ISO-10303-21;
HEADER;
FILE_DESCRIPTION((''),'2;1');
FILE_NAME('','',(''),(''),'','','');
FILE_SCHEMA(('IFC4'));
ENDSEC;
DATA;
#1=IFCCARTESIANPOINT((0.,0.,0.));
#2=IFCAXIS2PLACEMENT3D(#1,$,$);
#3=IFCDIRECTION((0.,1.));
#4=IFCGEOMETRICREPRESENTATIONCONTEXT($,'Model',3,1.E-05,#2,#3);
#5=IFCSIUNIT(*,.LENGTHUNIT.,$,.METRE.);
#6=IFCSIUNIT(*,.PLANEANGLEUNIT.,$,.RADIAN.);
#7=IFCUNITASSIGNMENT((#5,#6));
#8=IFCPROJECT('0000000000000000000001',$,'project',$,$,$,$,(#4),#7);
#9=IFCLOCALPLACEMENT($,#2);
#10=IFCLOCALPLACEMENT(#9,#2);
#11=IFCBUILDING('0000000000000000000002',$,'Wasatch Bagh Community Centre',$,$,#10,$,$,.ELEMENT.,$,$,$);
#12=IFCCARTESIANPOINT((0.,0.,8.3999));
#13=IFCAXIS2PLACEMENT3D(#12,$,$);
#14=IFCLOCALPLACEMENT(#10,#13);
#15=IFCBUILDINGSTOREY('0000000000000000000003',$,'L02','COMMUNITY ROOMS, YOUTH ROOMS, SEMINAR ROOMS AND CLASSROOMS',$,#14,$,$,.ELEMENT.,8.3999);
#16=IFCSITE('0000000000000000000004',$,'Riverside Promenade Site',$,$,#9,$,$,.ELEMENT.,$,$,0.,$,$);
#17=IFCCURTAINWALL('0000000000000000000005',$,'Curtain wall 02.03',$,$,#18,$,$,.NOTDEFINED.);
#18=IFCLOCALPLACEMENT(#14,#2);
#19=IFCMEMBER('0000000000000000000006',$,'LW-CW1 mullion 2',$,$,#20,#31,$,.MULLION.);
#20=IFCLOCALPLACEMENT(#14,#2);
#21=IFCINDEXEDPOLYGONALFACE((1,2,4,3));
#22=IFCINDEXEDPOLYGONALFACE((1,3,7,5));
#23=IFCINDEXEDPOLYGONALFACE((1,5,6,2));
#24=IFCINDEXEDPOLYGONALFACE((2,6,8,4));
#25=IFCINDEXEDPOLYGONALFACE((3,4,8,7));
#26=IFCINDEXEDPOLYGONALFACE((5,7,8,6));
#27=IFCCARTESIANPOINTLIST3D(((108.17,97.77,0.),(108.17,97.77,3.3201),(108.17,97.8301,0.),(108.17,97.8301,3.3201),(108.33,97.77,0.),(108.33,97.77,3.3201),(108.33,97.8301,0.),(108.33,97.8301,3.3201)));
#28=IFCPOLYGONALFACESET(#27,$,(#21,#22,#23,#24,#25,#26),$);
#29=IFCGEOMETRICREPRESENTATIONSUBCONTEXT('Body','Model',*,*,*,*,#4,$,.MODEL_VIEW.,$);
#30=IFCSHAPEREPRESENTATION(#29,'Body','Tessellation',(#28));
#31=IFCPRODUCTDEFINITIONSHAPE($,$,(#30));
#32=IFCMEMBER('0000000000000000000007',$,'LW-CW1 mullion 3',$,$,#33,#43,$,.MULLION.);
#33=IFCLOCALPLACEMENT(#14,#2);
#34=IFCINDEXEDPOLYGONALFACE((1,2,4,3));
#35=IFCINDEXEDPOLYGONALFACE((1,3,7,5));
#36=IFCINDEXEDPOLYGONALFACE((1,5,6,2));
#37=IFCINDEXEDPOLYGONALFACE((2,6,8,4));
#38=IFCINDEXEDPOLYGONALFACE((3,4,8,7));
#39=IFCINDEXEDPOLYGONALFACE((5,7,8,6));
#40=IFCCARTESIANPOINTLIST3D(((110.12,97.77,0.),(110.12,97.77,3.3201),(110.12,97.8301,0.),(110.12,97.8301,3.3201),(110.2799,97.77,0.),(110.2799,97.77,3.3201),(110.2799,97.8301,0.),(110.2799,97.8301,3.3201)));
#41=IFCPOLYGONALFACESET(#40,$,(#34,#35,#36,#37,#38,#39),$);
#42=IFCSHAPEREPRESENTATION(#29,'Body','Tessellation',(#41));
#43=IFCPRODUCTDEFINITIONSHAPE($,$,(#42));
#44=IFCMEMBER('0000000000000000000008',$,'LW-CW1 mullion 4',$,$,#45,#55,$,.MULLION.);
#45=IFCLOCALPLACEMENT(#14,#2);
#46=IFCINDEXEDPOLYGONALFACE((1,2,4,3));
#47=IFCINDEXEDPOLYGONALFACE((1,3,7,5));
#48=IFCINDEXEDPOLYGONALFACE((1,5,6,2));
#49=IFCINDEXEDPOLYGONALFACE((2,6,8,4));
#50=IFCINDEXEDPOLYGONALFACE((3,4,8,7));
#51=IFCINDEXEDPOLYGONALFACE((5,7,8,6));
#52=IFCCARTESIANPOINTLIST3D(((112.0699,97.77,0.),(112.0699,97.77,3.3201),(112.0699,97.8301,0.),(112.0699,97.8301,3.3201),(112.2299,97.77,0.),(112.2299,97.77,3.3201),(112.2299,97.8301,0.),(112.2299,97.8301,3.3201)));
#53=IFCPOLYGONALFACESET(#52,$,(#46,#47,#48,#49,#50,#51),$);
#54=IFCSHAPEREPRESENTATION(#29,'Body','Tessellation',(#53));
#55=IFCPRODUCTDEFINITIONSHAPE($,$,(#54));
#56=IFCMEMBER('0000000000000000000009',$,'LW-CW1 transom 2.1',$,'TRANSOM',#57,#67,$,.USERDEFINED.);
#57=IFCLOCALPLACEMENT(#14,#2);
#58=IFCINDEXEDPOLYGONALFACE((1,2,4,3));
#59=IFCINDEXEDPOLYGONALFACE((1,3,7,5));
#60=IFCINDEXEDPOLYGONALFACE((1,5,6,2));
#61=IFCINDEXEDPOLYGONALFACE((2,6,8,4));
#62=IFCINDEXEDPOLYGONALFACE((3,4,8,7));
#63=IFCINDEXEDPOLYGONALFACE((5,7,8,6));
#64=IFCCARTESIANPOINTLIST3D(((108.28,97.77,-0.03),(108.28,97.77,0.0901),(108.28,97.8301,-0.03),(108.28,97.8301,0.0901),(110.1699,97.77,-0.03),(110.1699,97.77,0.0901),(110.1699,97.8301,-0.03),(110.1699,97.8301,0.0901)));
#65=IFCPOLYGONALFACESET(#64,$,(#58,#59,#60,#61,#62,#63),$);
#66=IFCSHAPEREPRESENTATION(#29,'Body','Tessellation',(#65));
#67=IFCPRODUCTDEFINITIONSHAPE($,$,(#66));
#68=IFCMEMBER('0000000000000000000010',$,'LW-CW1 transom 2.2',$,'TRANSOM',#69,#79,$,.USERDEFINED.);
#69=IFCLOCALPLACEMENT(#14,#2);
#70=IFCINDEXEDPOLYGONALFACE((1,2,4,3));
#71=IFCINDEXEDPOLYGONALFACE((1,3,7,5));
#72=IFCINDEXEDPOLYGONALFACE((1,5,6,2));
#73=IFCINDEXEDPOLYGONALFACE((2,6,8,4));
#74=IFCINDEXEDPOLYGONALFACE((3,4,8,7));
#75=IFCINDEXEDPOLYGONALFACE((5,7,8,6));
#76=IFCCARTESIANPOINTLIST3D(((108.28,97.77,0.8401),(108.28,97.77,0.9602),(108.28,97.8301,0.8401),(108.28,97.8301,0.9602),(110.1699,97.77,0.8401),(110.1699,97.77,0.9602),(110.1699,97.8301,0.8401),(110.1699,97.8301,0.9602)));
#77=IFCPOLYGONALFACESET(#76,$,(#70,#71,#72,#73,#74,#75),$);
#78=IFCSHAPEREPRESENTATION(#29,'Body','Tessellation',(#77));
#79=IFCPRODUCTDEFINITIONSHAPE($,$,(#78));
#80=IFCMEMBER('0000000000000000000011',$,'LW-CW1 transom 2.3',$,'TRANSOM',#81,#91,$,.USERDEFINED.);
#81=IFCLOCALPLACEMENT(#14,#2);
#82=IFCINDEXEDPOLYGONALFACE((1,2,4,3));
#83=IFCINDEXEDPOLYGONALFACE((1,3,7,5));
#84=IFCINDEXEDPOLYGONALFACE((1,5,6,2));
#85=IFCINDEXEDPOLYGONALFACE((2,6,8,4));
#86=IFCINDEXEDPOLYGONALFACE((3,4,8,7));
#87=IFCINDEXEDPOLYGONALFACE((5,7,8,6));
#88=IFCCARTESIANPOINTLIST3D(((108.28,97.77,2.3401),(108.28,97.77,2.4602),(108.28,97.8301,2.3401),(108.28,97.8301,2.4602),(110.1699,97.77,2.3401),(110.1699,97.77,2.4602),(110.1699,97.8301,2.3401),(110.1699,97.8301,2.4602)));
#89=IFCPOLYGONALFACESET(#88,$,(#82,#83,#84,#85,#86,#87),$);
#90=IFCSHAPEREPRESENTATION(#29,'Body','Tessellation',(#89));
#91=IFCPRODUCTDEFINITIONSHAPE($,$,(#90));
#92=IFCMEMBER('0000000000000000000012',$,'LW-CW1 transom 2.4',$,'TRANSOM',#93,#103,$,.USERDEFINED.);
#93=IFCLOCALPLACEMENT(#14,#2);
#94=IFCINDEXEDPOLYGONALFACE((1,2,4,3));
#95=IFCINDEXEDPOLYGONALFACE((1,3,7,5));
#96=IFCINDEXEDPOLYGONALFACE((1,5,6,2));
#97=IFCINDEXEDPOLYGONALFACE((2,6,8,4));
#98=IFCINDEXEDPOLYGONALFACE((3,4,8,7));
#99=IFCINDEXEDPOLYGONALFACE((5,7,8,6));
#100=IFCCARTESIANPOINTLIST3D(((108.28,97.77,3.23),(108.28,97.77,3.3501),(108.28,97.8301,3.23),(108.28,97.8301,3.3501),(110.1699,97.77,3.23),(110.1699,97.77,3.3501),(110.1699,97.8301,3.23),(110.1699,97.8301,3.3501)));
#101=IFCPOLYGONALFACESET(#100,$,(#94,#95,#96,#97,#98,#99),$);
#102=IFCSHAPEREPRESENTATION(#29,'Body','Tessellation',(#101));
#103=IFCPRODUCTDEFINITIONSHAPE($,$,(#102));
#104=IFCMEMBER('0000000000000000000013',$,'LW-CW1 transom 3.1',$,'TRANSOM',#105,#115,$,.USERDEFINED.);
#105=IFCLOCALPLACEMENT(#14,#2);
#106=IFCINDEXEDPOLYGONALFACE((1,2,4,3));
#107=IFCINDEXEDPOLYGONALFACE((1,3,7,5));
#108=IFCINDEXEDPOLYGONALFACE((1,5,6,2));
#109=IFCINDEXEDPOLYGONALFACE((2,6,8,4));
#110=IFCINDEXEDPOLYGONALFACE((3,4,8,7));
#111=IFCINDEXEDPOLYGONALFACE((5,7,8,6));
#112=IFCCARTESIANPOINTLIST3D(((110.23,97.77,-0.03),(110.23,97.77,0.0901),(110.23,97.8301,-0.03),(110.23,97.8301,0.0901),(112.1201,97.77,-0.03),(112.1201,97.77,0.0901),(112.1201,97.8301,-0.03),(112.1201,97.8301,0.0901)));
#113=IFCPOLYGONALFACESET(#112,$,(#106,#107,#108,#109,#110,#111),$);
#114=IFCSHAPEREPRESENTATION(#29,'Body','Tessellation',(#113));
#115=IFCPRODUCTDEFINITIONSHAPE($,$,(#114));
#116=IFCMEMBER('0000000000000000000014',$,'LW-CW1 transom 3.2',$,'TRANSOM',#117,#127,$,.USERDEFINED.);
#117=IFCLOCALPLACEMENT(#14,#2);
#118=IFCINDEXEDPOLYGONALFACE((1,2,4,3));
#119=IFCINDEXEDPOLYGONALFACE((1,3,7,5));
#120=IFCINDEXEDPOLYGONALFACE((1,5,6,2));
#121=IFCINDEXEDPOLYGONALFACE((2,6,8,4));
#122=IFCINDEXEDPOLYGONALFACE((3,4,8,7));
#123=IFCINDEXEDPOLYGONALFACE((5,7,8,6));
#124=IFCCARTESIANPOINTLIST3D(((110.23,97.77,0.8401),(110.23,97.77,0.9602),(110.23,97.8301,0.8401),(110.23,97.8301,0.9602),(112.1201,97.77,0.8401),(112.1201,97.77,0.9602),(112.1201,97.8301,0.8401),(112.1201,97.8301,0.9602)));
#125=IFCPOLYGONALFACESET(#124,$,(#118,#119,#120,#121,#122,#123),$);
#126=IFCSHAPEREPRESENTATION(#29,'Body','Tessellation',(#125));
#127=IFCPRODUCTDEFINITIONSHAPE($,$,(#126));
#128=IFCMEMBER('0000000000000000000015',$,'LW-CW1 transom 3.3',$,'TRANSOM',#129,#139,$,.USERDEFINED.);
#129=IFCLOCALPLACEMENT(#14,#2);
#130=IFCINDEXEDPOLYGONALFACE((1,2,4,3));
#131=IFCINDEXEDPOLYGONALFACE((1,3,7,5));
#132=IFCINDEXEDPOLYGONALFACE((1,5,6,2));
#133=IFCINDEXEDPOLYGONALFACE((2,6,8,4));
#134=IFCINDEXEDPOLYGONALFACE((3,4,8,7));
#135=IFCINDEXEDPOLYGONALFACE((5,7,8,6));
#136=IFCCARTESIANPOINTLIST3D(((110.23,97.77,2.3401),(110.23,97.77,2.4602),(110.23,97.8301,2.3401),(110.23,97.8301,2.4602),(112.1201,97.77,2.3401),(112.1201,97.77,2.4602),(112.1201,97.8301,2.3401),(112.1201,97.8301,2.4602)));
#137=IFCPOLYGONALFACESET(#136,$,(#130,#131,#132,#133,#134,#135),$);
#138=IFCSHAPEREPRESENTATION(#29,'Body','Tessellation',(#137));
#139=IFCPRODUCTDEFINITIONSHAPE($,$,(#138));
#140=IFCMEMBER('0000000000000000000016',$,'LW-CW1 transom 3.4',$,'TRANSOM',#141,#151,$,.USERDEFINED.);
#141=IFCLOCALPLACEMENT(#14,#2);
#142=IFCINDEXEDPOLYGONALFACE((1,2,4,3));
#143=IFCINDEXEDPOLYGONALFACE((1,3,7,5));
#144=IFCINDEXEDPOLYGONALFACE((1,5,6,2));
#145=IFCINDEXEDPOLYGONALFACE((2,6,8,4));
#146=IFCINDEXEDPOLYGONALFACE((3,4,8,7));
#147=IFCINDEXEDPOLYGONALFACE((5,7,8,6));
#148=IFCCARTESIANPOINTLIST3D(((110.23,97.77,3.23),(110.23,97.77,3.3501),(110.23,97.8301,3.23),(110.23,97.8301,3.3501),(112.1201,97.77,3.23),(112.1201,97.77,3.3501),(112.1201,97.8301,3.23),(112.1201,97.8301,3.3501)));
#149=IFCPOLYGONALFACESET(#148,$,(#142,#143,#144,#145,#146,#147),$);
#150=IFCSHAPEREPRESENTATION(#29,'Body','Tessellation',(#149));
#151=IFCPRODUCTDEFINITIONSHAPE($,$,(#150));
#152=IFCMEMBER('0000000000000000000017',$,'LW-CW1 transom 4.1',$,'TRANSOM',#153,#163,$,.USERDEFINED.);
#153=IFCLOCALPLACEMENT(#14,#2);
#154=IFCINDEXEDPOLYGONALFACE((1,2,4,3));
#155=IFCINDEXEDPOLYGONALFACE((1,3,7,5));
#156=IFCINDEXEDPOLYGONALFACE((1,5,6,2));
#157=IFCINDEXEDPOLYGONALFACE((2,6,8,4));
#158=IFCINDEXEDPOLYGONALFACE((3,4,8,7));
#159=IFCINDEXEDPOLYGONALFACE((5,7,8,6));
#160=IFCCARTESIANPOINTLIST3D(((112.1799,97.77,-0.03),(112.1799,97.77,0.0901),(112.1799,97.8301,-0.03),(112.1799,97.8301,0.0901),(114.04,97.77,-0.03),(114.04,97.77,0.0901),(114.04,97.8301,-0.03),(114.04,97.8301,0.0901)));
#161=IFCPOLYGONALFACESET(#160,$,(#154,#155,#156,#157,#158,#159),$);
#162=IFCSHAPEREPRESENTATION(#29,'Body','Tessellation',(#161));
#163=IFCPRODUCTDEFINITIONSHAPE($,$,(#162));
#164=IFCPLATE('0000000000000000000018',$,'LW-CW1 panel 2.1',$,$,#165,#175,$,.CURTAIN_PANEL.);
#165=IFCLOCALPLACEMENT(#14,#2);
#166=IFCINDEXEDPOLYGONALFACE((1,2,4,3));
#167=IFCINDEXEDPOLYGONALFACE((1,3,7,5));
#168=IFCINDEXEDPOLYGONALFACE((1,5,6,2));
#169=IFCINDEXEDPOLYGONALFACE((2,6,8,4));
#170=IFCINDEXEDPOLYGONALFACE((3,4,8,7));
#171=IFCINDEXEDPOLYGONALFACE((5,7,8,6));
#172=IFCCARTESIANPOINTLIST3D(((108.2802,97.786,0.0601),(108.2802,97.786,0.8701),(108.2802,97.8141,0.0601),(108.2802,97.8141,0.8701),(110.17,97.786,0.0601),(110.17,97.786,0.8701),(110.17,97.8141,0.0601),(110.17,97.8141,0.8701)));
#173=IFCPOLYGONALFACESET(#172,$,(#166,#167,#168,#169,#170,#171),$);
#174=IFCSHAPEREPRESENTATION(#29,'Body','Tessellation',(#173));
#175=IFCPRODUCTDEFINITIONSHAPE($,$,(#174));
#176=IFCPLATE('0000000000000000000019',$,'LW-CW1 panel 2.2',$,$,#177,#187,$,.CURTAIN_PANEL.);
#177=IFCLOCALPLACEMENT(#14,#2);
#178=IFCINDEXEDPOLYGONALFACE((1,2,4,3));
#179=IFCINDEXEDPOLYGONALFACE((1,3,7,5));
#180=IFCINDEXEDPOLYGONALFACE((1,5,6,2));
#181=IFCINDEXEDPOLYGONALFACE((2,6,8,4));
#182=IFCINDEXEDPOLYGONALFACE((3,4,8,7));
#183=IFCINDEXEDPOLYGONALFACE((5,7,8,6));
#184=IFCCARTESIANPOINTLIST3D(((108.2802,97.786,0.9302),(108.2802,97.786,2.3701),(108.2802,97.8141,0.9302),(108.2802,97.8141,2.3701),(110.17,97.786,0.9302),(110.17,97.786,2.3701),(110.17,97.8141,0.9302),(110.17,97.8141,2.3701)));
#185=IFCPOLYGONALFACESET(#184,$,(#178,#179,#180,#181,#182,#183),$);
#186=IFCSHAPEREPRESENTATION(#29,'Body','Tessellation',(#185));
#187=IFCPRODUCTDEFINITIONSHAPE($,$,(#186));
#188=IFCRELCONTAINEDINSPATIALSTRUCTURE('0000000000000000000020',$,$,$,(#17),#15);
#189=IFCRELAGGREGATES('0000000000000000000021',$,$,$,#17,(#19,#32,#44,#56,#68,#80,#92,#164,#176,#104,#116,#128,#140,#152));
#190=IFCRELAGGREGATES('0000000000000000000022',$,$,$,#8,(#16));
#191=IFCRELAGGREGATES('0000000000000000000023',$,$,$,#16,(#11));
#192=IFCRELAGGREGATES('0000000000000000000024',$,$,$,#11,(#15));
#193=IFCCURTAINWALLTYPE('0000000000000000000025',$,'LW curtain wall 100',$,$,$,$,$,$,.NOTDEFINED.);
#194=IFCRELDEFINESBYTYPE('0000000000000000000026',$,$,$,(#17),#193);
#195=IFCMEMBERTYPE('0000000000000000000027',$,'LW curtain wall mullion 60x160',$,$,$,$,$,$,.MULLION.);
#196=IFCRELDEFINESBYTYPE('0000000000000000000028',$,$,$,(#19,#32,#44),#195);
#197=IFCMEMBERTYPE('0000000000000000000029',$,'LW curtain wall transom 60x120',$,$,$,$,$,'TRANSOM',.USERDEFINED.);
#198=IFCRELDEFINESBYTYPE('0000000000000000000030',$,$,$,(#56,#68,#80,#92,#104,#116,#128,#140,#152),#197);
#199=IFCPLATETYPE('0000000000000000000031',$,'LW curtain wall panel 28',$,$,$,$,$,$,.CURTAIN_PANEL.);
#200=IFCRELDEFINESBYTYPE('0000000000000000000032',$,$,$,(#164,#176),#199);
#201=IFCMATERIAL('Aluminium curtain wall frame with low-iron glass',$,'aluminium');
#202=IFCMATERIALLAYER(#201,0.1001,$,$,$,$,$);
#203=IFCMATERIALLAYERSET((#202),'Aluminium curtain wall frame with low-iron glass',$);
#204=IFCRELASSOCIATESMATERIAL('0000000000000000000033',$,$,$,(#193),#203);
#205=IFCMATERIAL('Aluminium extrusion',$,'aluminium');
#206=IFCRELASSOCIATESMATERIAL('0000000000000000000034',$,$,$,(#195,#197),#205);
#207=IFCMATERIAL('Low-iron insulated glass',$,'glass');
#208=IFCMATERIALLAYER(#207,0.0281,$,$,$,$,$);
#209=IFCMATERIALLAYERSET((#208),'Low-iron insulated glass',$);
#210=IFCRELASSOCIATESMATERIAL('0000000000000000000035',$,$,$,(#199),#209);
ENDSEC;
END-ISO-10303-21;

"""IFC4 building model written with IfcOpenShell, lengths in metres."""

from ifc_helpers import new_model, si_unit, direction, frame, origin, origin_2d, place, context, subcontext, project, spatial, rectangle, extrude, material, layer, layer_set, material_profile, profile_set, type_object, element, aggregate, save


model = new_model("IFC4")

# Units and contexts
model_context = context("Model", 3, precision=1e-05, world=origin(), true_north=direction((0.0, 1.0)))
body_context = subcontext(model_context, "Body", "Model", "MODEL_VIEW")
ifc_project = project(units=[si_unit("LENGTHUNIT", "METRE"), si_unit("PLANEANGLEUNIT", "RADIAN")], contexts=[model_context])

# Site, building, storey
site_placement = place(None, origin())
site = spatial("IfcSite", under=ifc_project, at=site_placement, Name="Riverside Promenade Site", CompositionType="ELEMENT", RefElevation=0.0)
building_placement = place(site_placement, origin())
building = spatial("IfcBuilding", under=site, at=building_placement, Name="Wasatch Bagh Community Centre", CompositionType="ELEMENT")
storey_placement = place(building_placement, frame((0.0, 0.0, 8.3999)))
storey = spatial("IfcBuildingStorey", under=building, at=storey_placement, Name="L02", Description="COMMUNITY ROOMS, YOUTH ROOMS, SEMINAR ROOMS AND CLASSROOMS", CompositionType="ELEMENT", Elevation=8.3999)

# Curtain wall, members, plates
ifc_material_1 = material(Name="Aluminium curtain wall frame with low-iron glass", Category="aluminium")
ifc_layer_1 = layer(ifc_material_1, 0.1001)
ifc_layer_set_1 = layer_set([ifc_layer_1], Name="Aluminium curtain wall frame with low-iron glass")
curtain_wall_type = type_object("IfcCurtainWallType", Name="LW curtain wall 100", PredefinedType="NOTDEFINED", material=ifc_layer_set_1)
curtain_wall_placement = place(storey_placement, origin())
curtain_wall = element("IfcCurtainWall", 1, at=curtain_wall_placement, inside=storey, type_object=curtain_wall_type, Name="Curtain wall 02.03", PredefinedType="NOTDEFINED")
ifc_material_2 = material(Name="Aluminium extrusion", Category="aluminium")
ifc_material_profile_1 = material_profile(ifc_material_2, rectangle(XDim=0.0601, YDim=0.1599, at=origin_2d()), Name="AL 60x160")
ifc_profile_set_1 = profile_set([ifc_material_profile_1], Name="Aluminium extrusion")
member_type_1 = type_object("IfcMemberType", Name="LW curtain wall mullion 60x160", PredefinedType="MULLION", material=ifc_profile_set_1)
member_1_placement = place(storey_placement, frame((108.25, 97.8, 0.0), z_axis=(0.0, 0.0, 1.0), x_axis=(0.0, 1.0, 0.0)))
member_1 = element("IfcMember", 2, at=member_1_placement, type_object=member_type_1, Name="LW-CW1 mullion 2", PredefinedType="MULLION", context=body_context, shape_type="SweptSolid", body=[
    extrude(rectangle(XDim=0.0601, YDim=0.1599, at=origin_2d()), origin(), (0.0, 0.0, 1.0), 3.3201),
])
member_2_placement = place(storey_placement, frame((110.2, 97.8, 0.0), z_axis=(0.0, 0.0, 1.0), x_axis=(0.0, 1.0, 0.0)))
member_2 = element("IfcMember", 3, at=member_2_placement, type_object=member_type_1, Name="LW-CW1 mullion 3", PredefinedType="MULLION", context=body_context, shape_type="SweptSolid", body=[
    extrude(rectangle(XDim=0.0601, YDim=0.1599, at=origin_2d()), origin(), (0.0, 0.0, 1.0), 3.3201),
])
member_3_placement = place(storey_placement, frame((112.1499, 97.8, 0.0), z_axis=(0.0, 0.0, 1.0), x_axis=(0.0, 1.0, 0.0)))
member_3 = element("IfcMember", 4, at=member_3_placement, type_object=member_type_1, Name="LW-CW1 mullion 4", PredefinedType="MULLION", context=body_context, shape_type="SweptSolid", body=[
    extrude(rectangle(XDim=0.0601, YDim=0.1599, at=origin_2d()), origin(), (0.0, 0.0, 1.0), 3.3201),
])
ifc_material_profile_2 = material_profile(ifc_material_2, rectangle(XDim=0.0601, YDim=0.1201, at=origin_2d()), Name="AL 60x120")
ifc_profile_set_2 = profile_set([ifc_material_profile_2], Name="Aluminium extrusion")
member_type_2 = type_object("IfcMemberType", Name="LW curtain wall transom 60x120", ElementType="TRANSOM", PredefinedType="USERDEFINED", material=ifc_profile_set_2)
member_4_placement = place(storey_placement, frame((108.28, 97.8, 0.03), z_axis=(1.0, 0.0, 0.0), x_axis=(0.0, 1.0, 0.0)))
member_4 = element("IfcMember", 5, at=member_4_placement, type_object=member_type_2, Name="LW-CW1 transom 2.1", ObjectType="TRANSOM", PredefinedType="USERDEFINED", context=body_context, shape_type="SweptSolid", body=[
    extrude(rectangle(XDim=0.0601, YDim=0.1201, at=origin_2d()), origin(), (0.0, 0.0, 1.0), 1.8899),
])
member_5_placement = place(storey_placement, frame((108.28, 97.8, 0.9001), z_axis=(1.0, 0.0, 0.0), x_axis=(0.0, 1.0, 0.0)))
member_5 = element("IfcMember", 6, at=member_5_placement, type_object=member_type_2, Name="LW-CW1 transom 2.2", ObjectType="TRANSOM", PredefinedType="USERDEFINED", context=body_context, shape_type="SweptSolid", body=[
    extrude(rectangle(XDim=0.0601, YDim=0.1201, at=origin_2d()), origin(), (0.0, 0.0, 1.0), 1.8899),
])
member_6_placement = place(storey_placement, frame((108.28, 97.8, 2.4001), z_axis=(1.0, 0.0, 0.0), x_axis=(0.0, 1.0, 0.0)))
member_6 = element("IfcMember", 7, at=member_6_placement, type_object=member_type_2, Name="LW-CW1 transom 2.3", ObjectType="TRANSOM", PredefinedType="USERDEFINED", context=body_context, shape_type="SweptSolid", body=[
    extrude(rectangle(XDim=0.0601, YDim=0.1201, at=origin_2d()), origin(), (0.0, 0.0, 1.0), 1.8899),
])
member_7_placement = place(storey_placement, frame((108.28, 97.8, 3.29), z_axis=(1.0, 0.0, 0.0), x_axis=(0.0, 1.0, 0.0)))
member_7 = element("IfcMember", 8, at=member_7_placement, type_object=member_type_2, Name="LW-CW1 transom 2.4", ObjectType="TRANSOM", PredefinedType="USERDEFINED", context=body_context, shape_type="SweptSolid", body=[
    extrude(rectangle(XDim=0.0601, YDim=0.1201, at=origin_2d()), origin(), (0.0, 0.0, 1.0), 1.8899),
])
member_8_placement = place(storey_placement, frame((110.23, 97.8, 0.03), z_axis=(1.0, 0.0, 0.0), x_axis=(0.0, 1.0, 0.0)))
member_8 = element("IfcMember", 9, at=member_8_placement, type_object=member_type_2, Name="LW-CW1 transom 3.1", ObjectType="TRANSOM", PredefinedType="USERDEFINED", context=body_context, shape_type="SweptSolid", body=[
    extrude(rectangle(XDim=0.0601, YDim=0.1201, at=origin_2d()), origin(), (0.0, 0.0, 1.0), 1.8901),
])
member_9_placement = place(storey_placement, frame((110.23, 97.8, 0.9001), z_axis=(1.0, 0.0, 0.0), x_axis=(0.0, 1.0, 0.0)))
member_9 = element("IfcMember", 10, at=member_9_placement, type_object=member_type_2, Name="LW-CW1 transom 3.2", ObjectType="TRANSOM", PredefinedType="USERDEFINED", context=body_context, shape_type="SweptSolid", body=[
    extrude(rectangle(XDim=0.0601, YDim=0.1201, at=origin_2d()), origin(), (0.0, 0.0, 1.0), 1.8901),
])
member_10_placement = place(storey_placement, frame((110.23, 97.8, 2.4001), z_axis=(1.0, 0.0, 0.0), x_axis=(0.0, 1.0, 0.0)))
member_10 = element("IfcMember", 11, at=member_10_placement, type_object=member_type_2, Name="LW-CW1 transom 3.3", ObjectType="TRANSOM", PredefinedType="USERDEFINED", context=body_context, shape_type="SweptSolid", body=[
    extrude(rectangle(XDim=0.0601, YDim=0.1201, at=origin_2d()), origin(), (0.0, 0.0, 1.0), 1.8901),
])
member_11_placement = place(storey_placement, frame((110.23, 97.8, 3.29), z_axis=(1.0, 0.0, 0.0), x_axis=(0.0, 1.0, 0.0)))
member_11 = element("IfcMember", 12, at=member_11_placement, type_object=member_type_2, Name="LW-CW1 transom 3.4", ObjectType="TRANSOM", PredefinedType="USERDEFINED", context=body_context, shape_type="SweptSolid", body=[
    extrude(rectangle(XDim=0.0601, YDim=0.1201, at=origin_2d()), origin(), (0.0, 0.0, 1.0), 1.8901),
])
member_12_placement = place(storey_placement, frame((112.1799, 97.8, 0.03), z_axis=(1.0, 0.0, 0.0), x_axis=(0.0, 1.0, 0.0)))
member_12 = element("IfcMember", 13, at=member_12_placement, type_object=member_type_2, Name="LW-CW1 transom 4.1", ObjectType="TRANSOM", PredefinedType="USERDEFINED", context=body_context, shape_type="SweptSolid", body=[
    extrude(rectangle(XDim=0.0601, YDim=0.1201, at=origin_2d()), origin(), (0.0, 0.0, 1.0), 1.8601),
])
ifc_material_3 = material(Name="Low-iron insulated glass", Category="glass")
ifc_layer_2 = layer(ifc_material_3, 0.0281)
ifc_layer_set_2 = layer_set([ifc_layer_2], Name="Low-iron insulated glass")
plate_type_1 = type_object("IfcPlateType", Name="LW curtain wall panel 28", PredefinedType="CURTAIN_PANEL", material=ifc_layer_set_2)
plate_1_placement = place(storey_placement, frame((109.2251, 97.8, 0.0601), z_axis=(0.0, 0.0, 1.0), x_axis=(1.0, 0.0, 0.0)))
plate_1 = element("IfcPlate", 14, at=plate_1_placement, type_object=plate_type_1, Name="LW-CW1 panel 2.1", PredefinedType="CURTAIN_PANEL", context=body_context, shape_type="SweptSolid", body=[
    extrude(rectangle(XDim=1.8899, YDim=0.0281, at=origin_2d()), origin(), (0.0, 0.0, 1.0), 0.8101),
])
plate_2_placement = place(storey_placement, frame((109.2251, 97.8, 0.9302), z_axis=(0.0, 0.0, 1.0), x_axis=(1.0, 0.0, 0.0)))
plate_2 = element("IfcPlate", 15, at=plate_2_placement, type_object=plate_type_1, Name="LW-CW1 panel 2.2", PredefinedType="CURTAIN_PANEL", context=body_context, shape_type="SweptSolid", body=[
    extrude(rectangle(XDim=1.8899, YDim=0.0281, at=origin_2d()), origin(), (0.0, 0.0, 1.0), 1.4399),
])
aggregate(curtain_wall, [member_1, member_2, member_3, member_4, member_5, member_6, member_7, plate_1, plate_2, member_8, member_9, member_10, member_11, member_12])

save(model, "model.ifc")
